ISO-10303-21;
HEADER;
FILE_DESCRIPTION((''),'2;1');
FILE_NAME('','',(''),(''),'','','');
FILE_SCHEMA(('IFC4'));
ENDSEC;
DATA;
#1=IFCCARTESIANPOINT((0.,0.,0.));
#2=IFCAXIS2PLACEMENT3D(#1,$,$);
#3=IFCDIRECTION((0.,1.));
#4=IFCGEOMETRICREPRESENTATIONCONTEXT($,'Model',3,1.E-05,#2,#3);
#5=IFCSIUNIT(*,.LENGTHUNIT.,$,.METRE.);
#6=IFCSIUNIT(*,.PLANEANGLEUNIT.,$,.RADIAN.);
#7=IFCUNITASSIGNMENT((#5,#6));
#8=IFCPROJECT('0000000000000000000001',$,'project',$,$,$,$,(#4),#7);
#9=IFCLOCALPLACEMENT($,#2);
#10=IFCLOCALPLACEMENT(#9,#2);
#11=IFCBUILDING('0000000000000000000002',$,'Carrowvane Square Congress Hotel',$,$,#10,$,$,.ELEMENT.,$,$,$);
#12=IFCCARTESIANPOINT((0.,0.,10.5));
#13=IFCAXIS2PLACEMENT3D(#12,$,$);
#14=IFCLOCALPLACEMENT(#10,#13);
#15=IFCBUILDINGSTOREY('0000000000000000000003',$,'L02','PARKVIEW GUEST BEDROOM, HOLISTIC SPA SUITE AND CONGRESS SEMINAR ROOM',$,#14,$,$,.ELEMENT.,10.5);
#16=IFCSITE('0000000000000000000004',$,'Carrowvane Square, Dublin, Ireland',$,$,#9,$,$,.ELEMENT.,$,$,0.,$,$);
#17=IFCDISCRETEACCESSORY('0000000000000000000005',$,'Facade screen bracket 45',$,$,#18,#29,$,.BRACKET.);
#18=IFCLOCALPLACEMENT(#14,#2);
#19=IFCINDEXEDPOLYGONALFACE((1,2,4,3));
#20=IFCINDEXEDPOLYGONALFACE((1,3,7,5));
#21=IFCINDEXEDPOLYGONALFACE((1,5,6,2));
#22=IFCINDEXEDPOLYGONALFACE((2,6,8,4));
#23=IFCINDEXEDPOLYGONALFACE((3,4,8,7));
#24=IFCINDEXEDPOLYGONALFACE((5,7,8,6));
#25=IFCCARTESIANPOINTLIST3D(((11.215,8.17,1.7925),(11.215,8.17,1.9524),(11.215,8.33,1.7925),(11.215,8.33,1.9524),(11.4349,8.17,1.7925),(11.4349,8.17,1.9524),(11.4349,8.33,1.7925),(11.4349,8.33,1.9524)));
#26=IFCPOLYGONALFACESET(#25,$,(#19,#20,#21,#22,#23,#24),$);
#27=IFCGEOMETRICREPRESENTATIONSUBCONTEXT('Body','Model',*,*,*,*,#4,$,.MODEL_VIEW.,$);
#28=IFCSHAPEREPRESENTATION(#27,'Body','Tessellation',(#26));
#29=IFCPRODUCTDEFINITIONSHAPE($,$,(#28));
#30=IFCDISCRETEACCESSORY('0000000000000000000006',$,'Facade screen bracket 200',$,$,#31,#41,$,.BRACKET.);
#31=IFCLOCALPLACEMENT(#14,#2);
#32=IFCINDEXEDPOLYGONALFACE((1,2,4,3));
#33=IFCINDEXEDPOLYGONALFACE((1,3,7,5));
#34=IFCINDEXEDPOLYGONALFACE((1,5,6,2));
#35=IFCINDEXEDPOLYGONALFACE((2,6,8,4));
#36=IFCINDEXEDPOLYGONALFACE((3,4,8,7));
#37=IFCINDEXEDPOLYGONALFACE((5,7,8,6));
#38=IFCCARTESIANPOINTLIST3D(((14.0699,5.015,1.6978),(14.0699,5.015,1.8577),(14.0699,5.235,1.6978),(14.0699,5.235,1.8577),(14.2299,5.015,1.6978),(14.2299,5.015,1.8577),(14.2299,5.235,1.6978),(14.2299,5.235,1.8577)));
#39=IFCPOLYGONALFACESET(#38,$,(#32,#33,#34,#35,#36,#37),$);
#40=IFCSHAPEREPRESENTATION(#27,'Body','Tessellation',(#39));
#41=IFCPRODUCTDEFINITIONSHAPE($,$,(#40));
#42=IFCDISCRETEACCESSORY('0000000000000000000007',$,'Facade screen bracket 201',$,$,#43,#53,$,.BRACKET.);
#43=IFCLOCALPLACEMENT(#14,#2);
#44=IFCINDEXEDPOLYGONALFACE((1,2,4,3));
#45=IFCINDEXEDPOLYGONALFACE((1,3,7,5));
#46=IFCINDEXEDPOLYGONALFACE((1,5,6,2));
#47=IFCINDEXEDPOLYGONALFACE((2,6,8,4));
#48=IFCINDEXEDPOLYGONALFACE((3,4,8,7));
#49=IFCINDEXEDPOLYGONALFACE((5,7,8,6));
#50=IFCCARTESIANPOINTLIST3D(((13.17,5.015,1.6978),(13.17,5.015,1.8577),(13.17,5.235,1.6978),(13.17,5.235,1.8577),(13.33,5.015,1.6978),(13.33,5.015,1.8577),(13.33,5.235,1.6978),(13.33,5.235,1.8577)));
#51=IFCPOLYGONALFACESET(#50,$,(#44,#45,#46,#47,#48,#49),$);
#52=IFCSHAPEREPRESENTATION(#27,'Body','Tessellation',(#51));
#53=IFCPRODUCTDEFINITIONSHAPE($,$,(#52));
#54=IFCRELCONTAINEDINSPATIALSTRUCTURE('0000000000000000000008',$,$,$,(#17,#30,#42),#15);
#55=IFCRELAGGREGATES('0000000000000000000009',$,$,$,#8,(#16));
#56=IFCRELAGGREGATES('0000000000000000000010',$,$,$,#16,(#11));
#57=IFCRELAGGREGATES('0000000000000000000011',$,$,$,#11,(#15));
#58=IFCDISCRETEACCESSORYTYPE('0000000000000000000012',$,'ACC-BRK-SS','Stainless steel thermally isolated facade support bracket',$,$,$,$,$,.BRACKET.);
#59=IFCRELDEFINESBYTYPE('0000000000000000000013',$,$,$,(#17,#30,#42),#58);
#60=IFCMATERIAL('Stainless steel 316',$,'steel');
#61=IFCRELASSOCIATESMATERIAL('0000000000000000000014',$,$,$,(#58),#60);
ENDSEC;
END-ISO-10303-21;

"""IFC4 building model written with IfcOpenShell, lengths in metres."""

from ifc_helpers import new_model, si_unit, direction, frame, origin, origin_2d, place, context, subcontext, project, spatial, rectangle, extrude, material, type_object, element, save


model = new_model("IFC4")

# Units and contexts
model_context = context("Model", 3, precision=1e-05, world=origin(), true_north=direction((0.0, 1.0)))
body_context = subcontext(model_context, "Body", "Model", "MODEL_VIEW")
ifc_project = project(units=[si_unit("LENGTHUNIT", "METRE"), si_unit("PLANEANGLEUNIT", "RADIAN")], contexts=[model_context])

# Site, building, storey
site_placement = place(None, origin())
site = spatial("IfcSite", under=ifc_project, at=site_placement, Name="Carrowvane Square, Dublin, Ireland", CompositionType="ELEMENT", RefElevation=0.0)
building_placement = place(site_placement, origin())
building = spatial("IfcBuilding", under=site, at=building_placement, Name="Carrowvane Square Congress Hotel", CompositionType="ELEMENT")
storey_placement = place(building_placement, frame((0.0, 0.0, 10.5)))
storey = spatial("IfcBuildingStorey", under=building, at=storey_placement, Name="L02", Description="PARKVIEW GUEST BEDROOM, HOLISTIC SPA SUITE AND CONGRESS SEMINAR ROOM", CompositionType="ELEMENT", Elevation=10.5)

# Discrete accessories
ifc_material_1 = material(Name="Stainless steel 316", Category="steel")
discrete_accessory_type = type_object("IfcDiscreteAccessoryType", Name="ACC-BRK-SS", Description="Stainless steel thermally isolated facade support bracket", PredefinedType="BRACKET", material=ifc_material_1)
for number, where, z_axis, x_axis, name in (
    (1, (11.325, 8.25, 1.7925), (0.0, 0.0, 1.0), (0.0, 1.0, 0.0), "Facade screen bracket 45"),
    (2, (14.1499, 5.125, 1.6978), (0.0, 0.0, 1.0), (-1.0, 0.0, 0.0), "Facade screen bracket 200"),
    (3, (13.25, 5.125, 1.6978), (0.0, 0.0, 1.0), (-1.0, 0.0, 0.0), "Facade screen bracket 201"),
):
    element("IfcDiscreteAccessory", number, at=place(storey_placement, frame(where, z_axis=z_axis, x_axis=x_axis)), inside=storey, type_object=discrete_accessory_type, Name=name, PredefinedType="BRACKET", context=body_context, shape_type="SweptSolid", body=[
        extrude(rectangle(XDim=0.1599, YDim=0.22, at=origin_2d()), origin(), (0.0, 0.0, 1.0), 0.1599),
    ])

save(model, "model.ifc")
